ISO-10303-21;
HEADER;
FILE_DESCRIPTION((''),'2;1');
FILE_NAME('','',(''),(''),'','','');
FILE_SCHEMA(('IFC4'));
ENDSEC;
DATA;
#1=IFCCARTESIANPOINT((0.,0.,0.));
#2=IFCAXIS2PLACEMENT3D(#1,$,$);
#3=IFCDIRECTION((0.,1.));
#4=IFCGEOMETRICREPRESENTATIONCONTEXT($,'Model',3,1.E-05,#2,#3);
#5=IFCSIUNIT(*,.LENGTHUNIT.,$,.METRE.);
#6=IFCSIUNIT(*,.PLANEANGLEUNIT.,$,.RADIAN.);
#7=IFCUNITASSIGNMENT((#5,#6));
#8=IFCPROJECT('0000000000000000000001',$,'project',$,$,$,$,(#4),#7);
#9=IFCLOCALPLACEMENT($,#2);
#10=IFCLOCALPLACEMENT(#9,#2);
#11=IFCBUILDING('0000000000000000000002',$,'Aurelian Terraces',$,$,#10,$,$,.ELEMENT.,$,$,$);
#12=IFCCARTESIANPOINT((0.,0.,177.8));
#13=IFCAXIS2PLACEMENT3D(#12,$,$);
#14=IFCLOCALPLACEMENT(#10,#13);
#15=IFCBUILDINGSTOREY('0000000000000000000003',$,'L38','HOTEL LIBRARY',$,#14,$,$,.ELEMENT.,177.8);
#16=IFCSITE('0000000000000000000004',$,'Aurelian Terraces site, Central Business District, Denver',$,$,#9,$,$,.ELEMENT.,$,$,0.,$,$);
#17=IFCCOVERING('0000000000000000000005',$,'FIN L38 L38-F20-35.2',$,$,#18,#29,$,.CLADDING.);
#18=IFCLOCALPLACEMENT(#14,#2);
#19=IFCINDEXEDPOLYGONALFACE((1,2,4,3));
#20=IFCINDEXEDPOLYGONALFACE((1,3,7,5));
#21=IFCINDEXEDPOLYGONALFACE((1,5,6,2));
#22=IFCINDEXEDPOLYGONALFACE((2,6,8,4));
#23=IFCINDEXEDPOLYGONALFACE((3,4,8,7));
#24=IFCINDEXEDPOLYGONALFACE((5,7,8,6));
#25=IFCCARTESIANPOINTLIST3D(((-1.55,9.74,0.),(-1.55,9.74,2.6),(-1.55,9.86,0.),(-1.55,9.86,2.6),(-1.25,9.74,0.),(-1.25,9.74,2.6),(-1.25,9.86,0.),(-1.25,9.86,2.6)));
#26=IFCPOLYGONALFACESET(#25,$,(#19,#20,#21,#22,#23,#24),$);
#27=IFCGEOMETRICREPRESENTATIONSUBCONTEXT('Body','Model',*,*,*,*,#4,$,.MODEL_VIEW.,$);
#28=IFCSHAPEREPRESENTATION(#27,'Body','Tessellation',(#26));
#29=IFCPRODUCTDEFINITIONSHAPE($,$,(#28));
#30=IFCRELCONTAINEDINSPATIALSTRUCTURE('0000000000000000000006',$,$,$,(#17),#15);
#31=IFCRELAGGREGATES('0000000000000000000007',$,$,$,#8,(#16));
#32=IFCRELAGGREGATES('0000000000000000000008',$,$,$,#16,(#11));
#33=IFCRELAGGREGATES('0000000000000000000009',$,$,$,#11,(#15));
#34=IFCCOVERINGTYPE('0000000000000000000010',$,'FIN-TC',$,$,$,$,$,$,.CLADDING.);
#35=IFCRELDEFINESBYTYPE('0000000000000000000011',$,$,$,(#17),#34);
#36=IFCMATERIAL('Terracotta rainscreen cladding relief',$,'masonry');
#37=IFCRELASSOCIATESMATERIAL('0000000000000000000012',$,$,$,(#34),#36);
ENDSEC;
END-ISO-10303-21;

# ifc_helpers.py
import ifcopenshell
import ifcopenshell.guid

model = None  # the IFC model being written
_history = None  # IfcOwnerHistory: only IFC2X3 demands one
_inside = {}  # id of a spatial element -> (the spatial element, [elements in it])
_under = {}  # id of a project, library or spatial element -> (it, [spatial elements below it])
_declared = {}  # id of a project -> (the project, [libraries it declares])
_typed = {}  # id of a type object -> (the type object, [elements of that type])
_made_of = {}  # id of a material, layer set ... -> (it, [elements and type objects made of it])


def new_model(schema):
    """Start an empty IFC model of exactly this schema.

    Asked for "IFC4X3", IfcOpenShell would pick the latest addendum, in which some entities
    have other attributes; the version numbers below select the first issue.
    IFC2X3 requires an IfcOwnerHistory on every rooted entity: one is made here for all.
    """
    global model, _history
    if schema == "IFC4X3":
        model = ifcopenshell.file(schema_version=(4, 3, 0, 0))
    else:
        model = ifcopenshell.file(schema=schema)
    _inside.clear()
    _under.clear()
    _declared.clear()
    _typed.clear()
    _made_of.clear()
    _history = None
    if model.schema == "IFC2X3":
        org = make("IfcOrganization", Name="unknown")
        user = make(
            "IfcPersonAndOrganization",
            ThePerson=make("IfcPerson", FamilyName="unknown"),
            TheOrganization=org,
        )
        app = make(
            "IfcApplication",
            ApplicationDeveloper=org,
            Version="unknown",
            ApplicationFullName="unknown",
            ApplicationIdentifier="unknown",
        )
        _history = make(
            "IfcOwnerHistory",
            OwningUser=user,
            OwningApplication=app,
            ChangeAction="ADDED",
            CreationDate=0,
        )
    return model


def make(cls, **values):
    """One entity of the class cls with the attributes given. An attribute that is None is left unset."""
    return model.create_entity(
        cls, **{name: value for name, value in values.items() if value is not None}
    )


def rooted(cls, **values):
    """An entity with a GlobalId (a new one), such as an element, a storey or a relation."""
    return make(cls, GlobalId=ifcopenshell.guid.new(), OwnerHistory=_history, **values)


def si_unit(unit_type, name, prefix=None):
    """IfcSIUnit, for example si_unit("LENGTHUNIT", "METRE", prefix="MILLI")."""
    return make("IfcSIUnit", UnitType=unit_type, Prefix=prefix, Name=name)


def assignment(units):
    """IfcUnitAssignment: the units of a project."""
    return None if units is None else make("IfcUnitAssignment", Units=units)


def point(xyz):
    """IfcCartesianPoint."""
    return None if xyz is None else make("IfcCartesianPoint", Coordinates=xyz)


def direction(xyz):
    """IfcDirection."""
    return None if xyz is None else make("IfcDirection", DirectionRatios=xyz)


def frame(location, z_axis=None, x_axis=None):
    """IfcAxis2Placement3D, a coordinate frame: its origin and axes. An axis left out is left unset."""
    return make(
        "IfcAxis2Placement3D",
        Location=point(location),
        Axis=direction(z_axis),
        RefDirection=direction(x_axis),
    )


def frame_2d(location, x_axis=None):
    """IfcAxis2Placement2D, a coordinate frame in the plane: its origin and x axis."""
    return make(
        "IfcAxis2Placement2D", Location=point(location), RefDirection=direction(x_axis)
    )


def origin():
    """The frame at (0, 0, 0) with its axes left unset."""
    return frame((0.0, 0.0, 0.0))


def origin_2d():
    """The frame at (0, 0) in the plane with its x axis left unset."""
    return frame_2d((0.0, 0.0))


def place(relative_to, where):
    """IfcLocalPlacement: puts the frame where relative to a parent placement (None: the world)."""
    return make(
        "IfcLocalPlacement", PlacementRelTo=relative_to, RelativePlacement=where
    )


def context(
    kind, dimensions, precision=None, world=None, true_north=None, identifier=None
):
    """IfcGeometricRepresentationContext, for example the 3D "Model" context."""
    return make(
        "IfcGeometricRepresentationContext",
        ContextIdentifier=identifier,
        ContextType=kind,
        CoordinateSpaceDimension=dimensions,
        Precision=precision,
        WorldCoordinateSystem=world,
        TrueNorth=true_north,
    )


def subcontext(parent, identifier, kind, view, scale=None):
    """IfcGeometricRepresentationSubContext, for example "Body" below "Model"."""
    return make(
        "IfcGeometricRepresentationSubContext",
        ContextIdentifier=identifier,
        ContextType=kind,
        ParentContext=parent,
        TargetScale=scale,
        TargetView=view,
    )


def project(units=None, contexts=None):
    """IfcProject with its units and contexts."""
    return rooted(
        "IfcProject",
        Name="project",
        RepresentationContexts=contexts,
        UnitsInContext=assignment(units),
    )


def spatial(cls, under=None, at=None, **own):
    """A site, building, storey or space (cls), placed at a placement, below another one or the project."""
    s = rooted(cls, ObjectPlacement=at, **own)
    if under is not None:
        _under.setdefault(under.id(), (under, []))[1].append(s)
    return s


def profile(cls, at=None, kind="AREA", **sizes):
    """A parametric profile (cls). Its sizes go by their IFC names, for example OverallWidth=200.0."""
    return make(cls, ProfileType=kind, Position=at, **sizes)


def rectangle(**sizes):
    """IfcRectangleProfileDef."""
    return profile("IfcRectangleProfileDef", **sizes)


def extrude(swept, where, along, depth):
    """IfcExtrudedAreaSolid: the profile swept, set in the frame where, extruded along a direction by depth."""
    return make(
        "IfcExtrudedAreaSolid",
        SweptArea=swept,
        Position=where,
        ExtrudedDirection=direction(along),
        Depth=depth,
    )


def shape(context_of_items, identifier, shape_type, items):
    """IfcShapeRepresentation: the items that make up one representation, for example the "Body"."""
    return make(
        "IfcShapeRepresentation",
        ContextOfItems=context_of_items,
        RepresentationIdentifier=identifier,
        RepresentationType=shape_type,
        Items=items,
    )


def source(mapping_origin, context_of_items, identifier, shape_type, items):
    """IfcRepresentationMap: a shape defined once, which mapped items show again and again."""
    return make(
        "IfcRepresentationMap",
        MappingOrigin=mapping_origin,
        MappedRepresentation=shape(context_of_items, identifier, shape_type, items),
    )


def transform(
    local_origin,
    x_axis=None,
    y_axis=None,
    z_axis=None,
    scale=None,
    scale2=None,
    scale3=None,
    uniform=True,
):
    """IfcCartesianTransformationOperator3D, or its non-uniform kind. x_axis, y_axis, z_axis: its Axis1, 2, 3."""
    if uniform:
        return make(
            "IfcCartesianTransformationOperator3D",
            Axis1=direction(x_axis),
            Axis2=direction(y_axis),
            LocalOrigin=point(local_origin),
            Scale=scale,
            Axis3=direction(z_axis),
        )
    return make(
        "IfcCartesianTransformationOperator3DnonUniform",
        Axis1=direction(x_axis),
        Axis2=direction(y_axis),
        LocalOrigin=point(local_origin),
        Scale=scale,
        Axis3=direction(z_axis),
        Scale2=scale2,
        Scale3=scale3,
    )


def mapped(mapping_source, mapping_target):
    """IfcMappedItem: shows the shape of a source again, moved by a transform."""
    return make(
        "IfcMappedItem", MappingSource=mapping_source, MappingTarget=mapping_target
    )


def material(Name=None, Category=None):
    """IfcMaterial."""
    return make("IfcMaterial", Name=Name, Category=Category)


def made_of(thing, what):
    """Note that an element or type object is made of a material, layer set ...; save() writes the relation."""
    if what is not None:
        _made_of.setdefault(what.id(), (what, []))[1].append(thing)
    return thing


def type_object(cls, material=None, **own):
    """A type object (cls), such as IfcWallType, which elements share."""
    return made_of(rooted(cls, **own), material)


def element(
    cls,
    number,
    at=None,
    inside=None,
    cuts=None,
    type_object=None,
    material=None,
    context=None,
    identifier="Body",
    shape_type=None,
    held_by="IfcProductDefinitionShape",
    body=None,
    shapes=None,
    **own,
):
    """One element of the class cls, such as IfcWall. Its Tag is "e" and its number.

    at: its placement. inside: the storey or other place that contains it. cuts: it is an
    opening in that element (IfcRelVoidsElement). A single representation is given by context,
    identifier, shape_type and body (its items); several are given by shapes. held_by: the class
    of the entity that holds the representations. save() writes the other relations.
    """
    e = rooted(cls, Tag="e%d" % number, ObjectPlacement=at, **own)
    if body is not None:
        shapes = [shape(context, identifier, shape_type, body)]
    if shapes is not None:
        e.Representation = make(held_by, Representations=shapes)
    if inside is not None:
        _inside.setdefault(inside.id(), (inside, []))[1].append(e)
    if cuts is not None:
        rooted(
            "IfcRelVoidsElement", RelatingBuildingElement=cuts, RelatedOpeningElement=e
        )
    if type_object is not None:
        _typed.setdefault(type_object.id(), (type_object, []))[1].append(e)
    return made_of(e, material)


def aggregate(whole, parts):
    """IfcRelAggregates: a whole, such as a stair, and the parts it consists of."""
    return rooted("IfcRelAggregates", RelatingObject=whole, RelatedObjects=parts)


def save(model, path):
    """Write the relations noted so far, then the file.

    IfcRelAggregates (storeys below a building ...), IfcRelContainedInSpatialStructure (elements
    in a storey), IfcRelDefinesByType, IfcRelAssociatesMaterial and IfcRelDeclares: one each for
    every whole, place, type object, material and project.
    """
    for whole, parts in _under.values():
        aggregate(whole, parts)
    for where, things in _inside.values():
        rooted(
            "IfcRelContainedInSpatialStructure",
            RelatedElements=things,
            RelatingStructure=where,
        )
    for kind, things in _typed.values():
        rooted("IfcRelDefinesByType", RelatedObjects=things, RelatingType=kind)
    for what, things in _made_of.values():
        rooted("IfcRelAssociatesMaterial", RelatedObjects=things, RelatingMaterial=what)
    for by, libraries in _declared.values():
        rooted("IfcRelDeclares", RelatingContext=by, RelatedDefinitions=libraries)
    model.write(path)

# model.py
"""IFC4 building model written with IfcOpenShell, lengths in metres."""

from ifc_helpers import new_model, si_unit, direction, frame, origin, origin_2d, place, context, subcontext, project, spatial, rectangle, extrude, source, transform, mapped, material, type_object, element, save


model = new_model("IFC4")

# Units and contexts
model_context = context("Model", 3, precision=1e-05, world=origin(), true_north=direction((0.0, 1.0)))
body_context = subcontext(model_context, "Body", "Model", "MODEL_VIEW")
ifc_project = project(units=[si_unit("LENGTHUNIT", "METRE"), si_unit("PLANEANGLEUNIT", "RADIAN")], contexts=[model_context])

# Site, building, storey
site_placement = place(None, origin())
site = spatial("IfcSite", under=ifc_project, at=site_placement, Name="Aurelian Terraces site, Central Business District, Denver", CompositionType="ELEMENT", RefElevation=0.0)
building_placement = place(site_placement, origin())
building = spatial("IfcBuilding", under=site, at=building_placement, Name="Aurelian Terraces", CompositionType="ELEMENT")
storey_placement = place(building_placement, frame((0.0, 0.0, 177.8)))
storey = spatial("IfcBuildingStorey", under=building, at=storey_placement, Name="L38", Description="HOTEL LIBRARY", CompositionType="ELEMENT", Elevation=177.8)

# Covering
ifc_material_1 = material(Name="Terracotta rainscreen cladding relief", Category="masonry")
covering_type = type_object("IfcCoveringType", Name="FIN-TC", PredefinedType="CLADDING", material=ifc_material_1)
shared_shape_1 = source(origin(), body_context, "Body", "SweptSolid", [
    extrude(rectangle(XDim=0.3, YDim=0.12, at=origin_2d()), origin(), (0.0, 0.0, 1.0), 2.6),
])
covering_placement = place(storey_placement, frame((-1.4, 9.8, 0.0), z_axis=(0.0, 0.0, 1.0), x_axis=(1.0, 0.0, 0.0)))
element("IfcCovering", 1, at=covering_placement, inside=storey, type_object=covering_type, Name="FIN L38 L38-F20-35.2", PredefinedType="CLADDING", context=body_context, shape_type="MappedRepresentation", body=[
    mapped(shared_shape_1, transform((0.0, 0.0, 0.0), scale=1.0)),
])

save(model, "model.ifc")
